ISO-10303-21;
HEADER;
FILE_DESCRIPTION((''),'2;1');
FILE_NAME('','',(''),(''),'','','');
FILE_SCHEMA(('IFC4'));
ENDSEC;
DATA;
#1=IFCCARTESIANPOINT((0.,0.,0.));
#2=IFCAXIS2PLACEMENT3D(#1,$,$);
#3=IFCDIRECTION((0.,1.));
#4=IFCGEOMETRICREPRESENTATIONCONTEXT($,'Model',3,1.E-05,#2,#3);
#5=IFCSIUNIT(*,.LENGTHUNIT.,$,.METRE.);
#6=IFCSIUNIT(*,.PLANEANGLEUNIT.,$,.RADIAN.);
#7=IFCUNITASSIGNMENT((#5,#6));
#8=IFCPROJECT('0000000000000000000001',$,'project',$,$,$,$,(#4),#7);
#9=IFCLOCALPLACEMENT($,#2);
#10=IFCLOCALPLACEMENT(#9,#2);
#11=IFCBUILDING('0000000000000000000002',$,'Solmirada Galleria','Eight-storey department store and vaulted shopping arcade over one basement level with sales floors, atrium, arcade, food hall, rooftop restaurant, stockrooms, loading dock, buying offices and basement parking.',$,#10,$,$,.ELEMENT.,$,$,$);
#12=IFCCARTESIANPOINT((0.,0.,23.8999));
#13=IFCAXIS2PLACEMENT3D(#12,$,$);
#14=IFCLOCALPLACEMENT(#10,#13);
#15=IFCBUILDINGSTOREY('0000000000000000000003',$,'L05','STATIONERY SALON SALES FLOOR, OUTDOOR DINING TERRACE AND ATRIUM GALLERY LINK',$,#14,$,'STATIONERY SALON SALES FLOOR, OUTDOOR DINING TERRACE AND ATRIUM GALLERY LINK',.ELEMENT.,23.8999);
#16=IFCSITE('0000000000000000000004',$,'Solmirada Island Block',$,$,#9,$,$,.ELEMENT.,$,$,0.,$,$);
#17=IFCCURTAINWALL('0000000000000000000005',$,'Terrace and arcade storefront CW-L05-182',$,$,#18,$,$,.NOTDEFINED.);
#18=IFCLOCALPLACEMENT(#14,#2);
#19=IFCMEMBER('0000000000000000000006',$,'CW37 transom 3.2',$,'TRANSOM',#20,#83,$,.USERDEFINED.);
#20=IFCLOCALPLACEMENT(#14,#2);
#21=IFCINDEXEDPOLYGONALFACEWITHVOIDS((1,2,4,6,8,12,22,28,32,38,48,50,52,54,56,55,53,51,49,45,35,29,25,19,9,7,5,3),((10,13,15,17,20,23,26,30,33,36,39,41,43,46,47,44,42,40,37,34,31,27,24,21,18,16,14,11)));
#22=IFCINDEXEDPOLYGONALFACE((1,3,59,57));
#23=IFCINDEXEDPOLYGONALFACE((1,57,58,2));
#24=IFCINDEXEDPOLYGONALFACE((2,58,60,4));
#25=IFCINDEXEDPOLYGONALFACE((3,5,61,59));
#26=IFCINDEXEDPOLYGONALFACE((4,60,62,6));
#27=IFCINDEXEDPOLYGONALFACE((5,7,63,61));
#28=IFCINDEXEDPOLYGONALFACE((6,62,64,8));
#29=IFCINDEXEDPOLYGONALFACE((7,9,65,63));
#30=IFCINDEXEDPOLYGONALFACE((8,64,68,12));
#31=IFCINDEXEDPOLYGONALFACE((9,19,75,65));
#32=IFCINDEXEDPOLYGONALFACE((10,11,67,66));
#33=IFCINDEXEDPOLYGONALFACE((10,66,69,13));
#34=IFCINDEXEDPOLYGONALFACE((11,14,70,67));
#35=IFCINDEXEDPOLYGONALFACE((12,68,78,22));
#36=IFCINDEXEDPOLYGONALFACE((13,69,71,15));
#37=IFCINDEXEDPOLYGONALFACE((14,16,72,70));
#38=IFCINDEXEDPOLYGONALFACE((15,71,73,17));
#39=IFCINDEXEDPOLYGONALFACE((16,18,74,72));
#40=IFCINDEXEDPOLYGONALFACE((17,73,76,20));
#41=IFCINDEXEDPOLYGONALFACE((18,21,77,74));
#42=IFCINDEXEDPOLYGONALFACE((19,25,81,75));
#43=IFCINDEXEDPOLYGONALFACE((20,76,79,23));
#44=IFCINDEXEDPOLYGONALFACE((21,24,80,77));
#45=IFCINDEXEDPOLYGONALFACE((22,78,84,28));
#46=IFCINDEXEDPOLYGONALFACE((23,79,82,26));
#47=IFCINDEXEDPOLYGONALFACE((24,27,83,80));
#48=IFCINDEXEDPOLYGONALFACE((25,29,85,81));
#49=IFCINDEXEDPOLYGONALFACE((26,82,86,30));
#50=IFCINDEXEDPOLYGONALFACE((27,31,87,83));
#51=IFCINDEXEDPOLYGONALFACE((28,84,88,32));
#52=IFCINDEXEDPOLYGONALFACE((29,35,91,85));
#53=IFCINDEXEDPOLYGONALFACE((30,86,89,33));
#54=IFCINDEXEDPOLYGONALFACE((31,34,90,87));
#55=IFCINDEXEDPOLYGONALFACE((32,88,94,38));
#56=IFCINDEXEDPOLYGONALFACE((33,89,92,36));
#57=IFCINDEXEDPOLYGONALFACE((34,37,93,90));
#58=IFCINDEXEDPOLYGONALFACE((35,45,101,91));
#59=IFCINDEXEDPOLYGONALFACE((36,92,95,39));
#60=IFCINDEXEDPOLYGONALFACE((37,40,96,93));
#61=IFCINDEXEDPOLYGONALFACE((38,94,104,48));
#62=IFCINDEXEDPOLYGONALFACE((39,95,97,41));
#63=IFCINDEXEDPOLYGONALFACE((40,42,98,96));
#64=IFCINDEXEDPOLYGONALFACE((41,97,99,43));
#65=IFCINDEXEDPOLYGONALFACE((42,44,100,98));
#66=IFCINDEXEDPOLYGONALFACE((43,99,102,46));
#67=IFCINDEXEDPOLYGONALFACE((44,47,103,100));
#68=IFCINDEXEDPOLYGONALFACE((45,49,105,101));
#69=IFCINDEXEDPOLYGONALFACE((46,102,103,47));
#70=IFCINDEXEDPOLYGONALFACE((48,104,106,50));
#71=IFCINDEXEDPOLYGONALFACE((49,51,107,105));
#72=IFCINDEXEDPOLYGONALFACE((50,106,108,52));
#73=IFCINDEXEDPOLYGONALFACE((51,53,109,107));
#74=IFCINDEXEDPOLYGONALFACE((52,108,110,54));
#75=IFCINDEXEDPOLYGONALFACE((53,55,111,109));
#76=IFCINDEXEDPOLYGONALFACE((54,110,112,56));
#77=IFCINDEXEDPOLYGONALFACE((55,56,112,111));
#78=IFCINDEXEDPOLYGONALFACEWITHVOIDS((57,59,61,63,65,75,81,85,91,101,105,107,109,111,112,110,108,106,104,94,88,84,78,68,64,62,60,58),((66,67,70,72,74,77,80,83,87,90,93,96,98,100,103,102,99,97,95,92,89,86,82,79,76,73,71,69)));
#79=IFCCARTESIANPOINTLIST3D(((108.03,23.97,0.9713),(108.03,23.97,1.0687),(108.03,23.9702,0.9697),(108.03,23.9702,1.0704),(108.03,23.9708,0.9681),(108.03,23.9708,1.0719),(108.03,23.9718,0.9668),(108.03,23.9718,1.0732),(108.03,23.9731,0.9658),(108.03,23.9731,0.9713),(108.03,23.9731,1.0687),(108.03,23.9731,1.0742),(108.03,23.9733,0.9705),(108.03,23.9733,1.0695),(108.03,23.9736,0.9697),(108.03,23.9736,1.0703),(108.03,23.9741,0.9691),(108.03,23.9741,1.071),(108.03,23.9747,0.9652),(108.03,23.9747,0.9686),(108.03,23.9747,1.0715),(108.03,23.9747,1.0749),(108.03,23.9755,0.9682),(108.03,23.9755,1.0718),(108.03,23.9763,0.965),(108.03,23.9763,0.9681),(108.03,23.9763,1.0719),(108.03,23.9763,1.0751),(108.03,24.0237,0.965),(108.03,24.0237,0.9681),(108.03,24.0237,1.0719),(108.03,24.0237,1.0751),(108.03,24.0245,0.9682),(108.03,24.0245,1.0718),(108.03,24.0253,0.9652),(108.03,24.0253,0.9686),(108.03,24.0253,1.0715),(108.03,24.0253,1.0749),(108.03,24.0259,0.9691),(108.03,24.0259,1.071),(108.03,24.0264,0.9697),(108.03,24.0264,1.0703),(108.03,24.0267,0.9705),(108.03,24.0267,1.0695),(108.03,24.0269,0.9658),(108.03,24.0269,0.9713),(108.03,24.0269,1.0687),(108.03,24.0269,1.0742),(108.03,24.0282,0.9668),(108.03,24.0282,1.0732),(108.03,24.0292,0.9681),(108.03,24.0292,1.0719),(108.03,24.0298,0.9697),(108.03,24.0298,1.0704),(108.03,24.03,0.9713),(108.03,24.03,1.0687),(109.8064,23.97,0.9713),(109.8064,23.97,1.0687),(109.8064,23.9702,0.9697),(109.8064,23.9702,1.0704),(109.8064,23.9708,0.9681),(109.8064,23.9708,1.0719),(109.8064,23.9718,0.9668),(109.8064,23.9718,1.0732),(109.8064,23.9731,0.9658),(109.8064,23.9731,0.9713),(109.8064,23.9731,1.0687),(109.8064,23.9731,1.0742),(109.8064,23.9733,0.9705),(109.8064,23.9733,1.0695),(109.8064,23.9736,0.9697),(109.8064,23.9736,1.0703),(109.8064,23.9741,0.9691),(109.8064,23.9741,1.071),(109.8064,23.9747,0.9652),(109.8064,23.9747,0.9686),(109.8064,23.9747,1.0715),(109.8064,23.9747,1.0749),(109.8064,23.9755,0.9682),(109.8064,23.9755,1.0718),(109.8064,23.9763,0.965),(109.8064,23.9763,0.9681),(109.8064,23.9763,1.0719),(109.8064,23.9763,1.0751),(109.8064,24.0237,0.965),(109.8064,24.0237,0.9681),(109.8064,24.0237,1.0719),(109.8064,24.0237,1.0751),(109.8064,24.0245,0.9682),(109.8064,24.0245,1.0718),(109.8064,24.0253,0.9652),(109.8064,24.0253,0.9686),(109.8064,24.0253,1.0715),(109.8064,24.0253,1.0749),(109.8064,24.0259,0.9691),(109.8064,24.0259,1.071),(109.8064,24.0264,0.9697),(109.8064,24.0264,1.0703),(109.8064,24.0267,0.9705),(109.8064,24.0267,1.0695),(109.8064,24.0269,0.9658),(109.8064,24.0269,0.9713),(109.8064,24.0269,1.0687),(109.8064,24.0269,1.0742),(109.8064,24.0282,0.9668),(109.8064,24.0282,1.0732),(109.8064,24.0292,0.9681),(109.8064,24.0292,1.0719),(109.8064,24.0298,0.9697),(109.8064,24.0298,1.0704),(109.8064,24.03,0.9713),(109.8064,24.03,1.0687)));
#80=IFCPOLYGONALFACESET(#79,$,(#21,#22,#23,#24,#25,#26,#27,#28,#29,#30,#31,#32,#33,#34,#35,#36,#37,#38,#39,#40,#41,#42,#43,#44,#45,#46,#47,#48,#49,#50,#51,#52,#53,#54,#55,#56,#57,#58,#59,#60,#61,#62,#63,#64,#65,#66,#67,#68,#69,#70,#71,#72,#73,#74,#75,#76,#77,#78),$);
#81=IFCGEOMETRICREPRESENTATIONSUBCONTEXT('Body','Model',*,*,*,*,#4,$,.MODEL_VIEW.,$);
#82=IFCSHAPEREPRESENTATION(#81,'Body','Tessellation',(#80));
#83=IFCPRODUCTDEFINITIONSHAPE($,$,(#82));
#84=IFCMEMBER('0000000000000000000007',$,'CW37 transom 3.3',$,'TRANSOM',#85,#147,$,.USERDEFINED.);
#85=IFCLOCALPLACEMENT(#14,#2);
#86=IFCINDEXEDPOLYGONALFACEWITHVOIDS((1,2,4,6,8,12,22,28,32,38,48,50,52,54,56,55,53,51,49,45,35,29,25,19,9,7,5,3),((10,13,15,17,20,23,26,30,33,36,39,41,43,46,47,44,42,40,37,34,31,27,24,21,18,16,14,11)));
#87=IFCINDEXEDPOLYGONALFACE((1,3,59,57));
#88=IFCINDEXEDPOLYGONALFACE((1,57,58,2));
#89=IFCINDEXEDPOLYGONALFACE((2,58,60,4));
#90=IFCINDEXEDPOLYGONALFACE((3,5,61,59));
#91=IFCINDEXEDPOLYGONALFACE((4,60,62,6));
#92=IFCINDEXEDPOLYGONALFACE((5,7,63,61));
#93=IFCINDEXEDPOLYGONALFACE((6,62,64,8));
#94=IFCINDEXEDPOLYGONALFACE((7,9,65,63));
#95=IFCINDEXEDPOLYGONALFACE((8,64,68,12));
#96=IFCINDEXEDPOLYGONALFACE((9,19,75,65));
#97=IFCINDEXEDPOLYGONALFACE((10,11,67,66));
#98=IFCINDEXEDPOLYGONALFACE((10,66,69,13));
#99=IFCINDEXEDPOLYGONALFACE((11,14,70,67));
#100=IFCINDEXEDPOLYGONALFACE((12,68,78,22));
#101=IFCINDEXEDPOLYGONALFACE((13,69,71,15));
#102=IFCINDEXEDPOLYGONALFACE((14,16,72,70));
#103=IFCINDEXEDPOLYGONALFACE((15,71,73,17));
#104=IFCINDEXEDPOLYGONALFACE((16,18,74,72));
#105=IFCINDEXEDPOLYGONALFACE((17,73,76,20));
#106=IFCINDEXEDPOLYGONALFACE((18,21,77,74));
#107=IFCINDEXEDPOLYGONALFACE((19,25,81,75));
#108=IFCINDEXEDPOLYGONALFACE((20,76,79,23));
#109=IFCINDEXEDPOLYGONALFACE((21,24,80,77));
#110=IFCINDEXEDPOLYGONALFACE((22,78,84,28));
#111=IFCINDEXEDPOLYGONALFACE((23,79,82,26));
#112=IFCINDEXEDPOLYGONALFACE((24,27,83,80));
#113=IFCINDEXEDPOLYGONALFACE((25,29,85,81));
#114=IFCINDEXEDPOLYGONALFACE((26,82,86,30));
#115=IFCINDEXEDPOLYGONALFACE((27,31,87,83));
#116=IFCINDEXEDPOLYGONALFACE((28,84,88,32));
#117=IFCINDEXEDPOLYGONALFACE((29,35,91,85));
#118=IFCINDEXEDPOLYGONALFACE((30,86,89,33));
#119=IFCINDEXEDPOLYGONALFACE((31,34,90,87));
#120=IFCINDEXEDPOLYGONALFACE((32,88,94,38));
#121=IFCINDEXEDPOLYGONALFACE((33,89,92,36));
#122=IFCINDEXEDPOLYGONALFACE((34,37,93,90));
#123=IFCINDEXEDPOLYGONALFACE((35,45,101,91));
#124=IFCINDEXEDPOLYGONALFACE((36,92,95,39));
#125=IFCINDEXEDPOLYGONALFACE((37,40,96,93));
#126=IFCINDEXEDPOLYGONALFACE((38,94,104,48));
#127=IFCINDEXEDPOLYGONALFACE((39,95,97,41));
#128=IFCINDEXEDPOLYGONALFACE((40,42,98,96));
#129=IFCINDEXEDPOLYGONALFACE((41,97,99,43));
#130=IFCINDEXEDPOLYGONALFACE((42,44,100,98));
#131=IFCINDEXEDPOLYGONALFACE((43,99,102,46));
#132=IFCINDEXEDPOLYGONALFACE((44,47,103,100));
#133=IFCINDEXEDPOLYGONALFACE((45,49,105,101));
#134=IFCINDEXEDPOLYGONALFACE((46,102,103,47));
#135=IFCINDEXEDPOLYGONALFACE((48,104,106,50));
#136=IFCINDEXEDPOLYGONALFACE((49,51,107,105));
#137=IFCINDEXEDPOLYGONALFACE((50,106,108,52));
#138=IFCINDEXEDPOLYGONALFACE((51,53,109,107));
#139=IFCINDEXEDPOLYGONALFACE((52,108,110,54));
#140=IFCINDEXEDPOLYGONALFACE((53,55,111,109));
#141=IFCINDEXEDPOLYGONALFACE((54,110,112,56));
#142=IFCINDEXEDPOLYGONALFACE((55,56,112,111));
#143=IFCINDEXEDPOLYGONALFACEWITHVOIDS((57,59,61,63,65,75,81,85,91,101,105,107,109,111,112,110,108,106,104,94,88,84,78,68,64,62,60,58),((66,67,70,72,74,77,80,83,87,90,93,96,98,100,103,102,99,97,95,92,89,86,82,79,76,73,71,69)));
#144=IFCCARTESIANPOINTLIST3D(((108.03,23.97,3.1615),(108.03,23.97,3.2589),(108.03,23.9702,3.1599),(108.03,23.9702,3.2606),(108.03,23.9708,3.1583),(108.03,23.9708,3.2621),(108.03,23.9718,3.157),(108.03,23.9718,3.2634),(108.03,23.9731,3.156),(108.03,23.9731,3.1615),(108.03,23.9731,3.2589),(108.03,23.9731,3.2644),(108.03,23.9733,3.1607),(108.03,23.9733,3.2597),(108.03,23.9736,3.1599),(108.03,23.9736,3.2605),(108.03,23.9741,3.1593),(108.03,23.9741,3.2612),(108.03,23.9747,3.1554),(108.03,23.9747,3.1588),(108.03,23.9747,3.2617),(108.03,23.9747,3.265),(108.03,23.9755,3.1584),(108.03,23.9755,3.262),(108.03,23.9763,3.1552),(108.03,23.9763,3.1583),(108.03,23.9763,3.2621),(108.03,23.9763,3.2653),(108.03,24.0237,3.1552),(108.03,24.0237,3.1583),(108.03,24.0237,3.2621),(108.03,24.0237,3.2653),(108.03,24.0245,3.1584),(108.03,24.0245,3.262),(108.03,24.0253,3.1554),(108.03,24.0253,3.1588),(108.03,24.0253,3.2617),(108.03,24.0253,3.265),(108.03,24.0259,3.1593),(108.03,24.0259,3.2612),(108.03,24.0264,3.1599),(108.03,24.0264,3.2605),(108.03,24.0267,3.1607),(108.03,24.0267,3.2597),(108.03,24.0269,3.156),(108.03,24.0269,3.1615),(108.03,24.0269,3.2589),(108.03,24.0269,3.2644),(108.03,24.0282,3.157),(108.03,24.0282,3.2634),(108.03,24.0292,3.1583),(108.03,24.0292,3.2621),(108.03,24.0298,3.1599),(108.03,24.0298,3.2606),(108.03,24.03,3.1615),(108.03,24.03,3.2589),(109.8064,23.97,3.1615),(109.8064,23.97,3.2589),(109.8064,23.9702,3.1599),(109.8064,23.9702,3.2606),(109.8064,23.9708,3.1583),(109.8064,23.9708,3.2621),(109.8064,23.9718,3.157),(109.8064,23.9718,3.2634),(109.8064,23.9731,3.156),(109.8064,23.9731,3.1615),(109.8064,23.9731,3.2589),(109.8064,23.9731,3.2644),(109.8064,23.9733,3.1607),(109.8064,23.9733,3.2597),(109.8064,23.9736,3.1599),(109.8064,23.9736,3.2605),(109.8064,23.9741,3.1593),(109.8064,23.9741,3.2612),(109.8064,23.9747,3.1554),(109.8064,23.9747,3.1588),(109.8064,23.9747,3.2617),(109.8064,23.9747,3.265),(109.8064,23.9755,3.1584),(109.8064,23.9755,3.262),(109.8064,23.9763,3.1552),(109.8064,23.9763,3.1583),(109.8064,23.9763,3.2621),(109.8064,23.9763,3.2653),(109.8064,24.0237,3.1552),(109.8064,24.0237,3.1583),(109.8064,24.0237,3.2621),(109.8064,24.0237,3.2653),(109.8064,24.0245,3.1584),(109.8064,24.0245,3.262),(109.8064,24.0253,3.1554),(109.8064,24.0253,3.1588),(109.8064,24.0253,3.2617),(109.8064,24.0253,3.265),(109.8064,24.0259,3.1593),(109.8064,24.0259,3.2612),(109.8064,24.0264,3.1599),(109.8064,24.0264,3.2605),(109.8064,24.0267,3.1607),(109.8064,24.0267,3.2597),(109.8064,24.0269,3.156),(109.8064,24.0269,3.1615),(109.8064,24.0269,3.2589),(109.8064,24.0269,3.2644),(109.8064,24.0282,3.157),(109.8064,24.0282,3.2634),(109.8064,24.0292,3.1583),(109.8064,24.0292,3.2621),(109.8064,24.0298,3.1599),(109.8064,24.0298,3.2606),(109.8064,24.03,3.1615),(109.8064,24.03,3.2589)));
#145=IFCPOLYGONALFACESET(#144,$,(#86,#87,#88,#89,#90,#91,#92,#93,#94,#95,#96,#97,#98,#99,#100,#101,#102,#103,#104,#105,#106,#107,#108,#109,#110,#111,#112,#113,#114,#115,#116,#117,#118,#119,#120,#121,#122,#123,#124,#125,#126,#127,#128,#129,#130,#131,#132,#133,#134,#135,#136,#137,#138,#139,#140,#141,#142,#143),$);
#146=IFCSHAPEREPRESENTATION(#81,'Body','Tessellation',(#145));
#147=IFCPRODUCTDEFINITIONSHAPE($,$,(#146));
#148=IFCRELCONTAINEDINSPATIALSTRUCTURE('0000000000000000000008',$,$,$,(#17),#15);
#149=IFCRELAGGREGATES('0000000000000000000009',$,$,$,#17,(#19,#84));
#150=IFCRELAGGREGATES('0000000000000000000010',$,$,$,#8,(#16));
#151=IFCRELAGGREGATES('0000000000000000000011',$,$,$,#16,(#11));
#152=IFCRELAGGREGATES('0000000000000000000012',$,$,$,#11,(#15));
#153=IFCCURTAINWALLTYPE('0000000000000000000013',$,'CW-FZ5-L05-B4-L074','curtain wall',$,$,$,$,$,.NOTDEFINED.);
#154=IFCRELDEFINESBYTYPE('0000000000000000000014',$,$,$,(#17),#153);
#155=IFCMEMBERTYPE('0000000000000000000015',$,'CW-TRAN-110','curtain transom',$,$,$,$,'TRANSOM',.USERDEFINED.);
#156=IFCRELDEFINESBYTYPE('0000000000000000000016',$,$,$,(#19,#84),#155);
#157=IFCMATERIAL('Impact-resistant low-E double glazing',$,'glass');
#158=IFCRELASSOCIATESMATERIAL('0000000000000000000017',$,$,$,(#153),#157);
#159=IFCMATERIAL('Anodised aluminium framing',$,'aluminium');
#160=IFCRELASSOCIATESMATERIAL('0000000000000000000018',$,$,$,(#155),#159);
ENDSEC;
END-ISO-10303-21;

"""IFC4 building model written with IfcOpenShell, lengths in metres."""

from ifc_helpers import new_model, si_unit, direction, frame, origin, origin_2d, place, context, subcontext, project, spatial, hollow_rectangle, extrude, material, material_profile, profile_set, type_object, element, aggregate, save


model = new_model("IFC4")

# Units and contexts
model_context = context("Model", 3, precision=1e-05, world=origin(), true_north=direction((0.0, 1.0)))
body_context = subcontext(model_context, "Body", "Model", "MODEL_VIEW")
ifc_project = project(units=[si_unit("LENGTHUNIT", "METRE"), si_unit("PLANEANGLEUNIT", "RADIAN")], contexts=[model_context])

# Site, building, storey
site_placement = place(None, origin())
site = spatial("IfcSite", under=ifc_project, at=site_placement, Name="Solmirada Island Block", CompositionType="ELEMENT", RefElevation=0.0)
building_placement = place(site_placement, origin())
building = spatial("IfcBuilding", under=site, at=building_placement, Name="Solmirada Galleria", Description="Eight-storey department store and vaulted shopping arcade over one basement level with sales floors, atrium, arcade, food hall, rooftop restaurant, stockrooms, loading dock, buying offices and basement parking.", CompositionType="ELEMENT")
storey_placement = place(building_placement, frame((0.0, 0.0, 23.8999)))
storey = spatial("IfcBuildingStorey", under=building, at=storey_placement, Name="L05", Description="STATIONERY SALON SALES FLOOR, OUTDOOR DINING TERRACE AND ATRIUM GALLERY LINK", LongName="STATIONERY SALON SALES FLOOR, OUTDOOR DINING TERRACE AND ATRIUM GALLERY LINK", CompositionType="ELEMENT", Elevation=23.8999)

# Curtain wall, members
ifc_material_1 = material(Name="Impact-resistant low-E double glazing", Category="glass")
curtain_wall_type = type_object("IfcCurtainWallType", Name="CW-FZ5-L05-B4-L074", Description="curtain wall", PredefinedType="NOTDEFINED", material=ifc_material_1)
curtain_wall_placement = place(storey_placement, origin())
curtain_wall = element("IfcCurtainWall", 1, at=curtain_wall_placement, inside=storey, type_object=curtain_wall_type, Name="Terrace and arcade storefront CW-L05-182", PredefinedType="NOTDEFINED")
ifc_material_2 = material(Name="Anodised aluminium framing", Category="aluminium")
ifc_material_profile_1 = material_profile(ifc_material_2, hollow_rectangle(XDim=0.0601, YDim=0.1101, WallThickness=0.0032, InnerFilletRadius=0.0032, OuterFilletRadius=0.0063, at=origin_2d()), Name="ALU-TRAN-110X60")
ifc_profile_set_1 = profile_set([ifc_material_profile_1], Name="Anodised aluminium framing")
member_type_1 = type_object("IfcMemberType", Name="CW-TRAN-110", Description="curtain transom", ElementType="TRANSOM", PredefinedType="USERDEFINED", material=ifc_profile_set_1)
member_1_placement = place(storey_placement, frame((108.03, 24.0, 1.02), z_axis=(1.0, 0.0, 0.0), x_axis=(0.0, 1.0, 0.0)))
member_1 = element("IfcMember", 2, at=member_1_placement, type_object=member_type_1, Name="CW37 transom 3.2", ObjectType="TRANSOM", PredefinedType="USERDEFINED", context=body_context, shape_type="SweptSolid", body=[
    extrude(hollow_rectangle(XDim=0.0601, YDim=0.1101, WallThickness=0.0032, InnerFilletRadius=0.0032, OuterFilletRadius=0.0063, at=origin_2d()), origin(), (0.0, 0.0, 1.0), 1.7764),
])
member_2_placement = place(storey_placement, frame((108.03, 24.0, 3.2102), z_axis=(1.0, 0.0, 0.0), x_axis=(0.0, 1.0, 0.0)))
member_2 = element("IfcMember", 3, at=member_2_placement, type_object=member_type_1, Name="CW37 transom 3.3", ObjectType="TRANSOM", PredefinedType="USERDEFINED", context=body_context, shape_type="SweptSolid", body=[
    extrude(hollow_rectangle(XDim=0.0601, YDim=0.1101, WallThickness=0.0032, InnerFilletRadius=0.0032, OuterFilletRadius=0.0063, at=origin_2d()), origin(), (0.0, 0.0, 1.0), 1.7764),
])
aggregate(curtain_wall, [member_1, member_2])

save(model, "model.ifc")
